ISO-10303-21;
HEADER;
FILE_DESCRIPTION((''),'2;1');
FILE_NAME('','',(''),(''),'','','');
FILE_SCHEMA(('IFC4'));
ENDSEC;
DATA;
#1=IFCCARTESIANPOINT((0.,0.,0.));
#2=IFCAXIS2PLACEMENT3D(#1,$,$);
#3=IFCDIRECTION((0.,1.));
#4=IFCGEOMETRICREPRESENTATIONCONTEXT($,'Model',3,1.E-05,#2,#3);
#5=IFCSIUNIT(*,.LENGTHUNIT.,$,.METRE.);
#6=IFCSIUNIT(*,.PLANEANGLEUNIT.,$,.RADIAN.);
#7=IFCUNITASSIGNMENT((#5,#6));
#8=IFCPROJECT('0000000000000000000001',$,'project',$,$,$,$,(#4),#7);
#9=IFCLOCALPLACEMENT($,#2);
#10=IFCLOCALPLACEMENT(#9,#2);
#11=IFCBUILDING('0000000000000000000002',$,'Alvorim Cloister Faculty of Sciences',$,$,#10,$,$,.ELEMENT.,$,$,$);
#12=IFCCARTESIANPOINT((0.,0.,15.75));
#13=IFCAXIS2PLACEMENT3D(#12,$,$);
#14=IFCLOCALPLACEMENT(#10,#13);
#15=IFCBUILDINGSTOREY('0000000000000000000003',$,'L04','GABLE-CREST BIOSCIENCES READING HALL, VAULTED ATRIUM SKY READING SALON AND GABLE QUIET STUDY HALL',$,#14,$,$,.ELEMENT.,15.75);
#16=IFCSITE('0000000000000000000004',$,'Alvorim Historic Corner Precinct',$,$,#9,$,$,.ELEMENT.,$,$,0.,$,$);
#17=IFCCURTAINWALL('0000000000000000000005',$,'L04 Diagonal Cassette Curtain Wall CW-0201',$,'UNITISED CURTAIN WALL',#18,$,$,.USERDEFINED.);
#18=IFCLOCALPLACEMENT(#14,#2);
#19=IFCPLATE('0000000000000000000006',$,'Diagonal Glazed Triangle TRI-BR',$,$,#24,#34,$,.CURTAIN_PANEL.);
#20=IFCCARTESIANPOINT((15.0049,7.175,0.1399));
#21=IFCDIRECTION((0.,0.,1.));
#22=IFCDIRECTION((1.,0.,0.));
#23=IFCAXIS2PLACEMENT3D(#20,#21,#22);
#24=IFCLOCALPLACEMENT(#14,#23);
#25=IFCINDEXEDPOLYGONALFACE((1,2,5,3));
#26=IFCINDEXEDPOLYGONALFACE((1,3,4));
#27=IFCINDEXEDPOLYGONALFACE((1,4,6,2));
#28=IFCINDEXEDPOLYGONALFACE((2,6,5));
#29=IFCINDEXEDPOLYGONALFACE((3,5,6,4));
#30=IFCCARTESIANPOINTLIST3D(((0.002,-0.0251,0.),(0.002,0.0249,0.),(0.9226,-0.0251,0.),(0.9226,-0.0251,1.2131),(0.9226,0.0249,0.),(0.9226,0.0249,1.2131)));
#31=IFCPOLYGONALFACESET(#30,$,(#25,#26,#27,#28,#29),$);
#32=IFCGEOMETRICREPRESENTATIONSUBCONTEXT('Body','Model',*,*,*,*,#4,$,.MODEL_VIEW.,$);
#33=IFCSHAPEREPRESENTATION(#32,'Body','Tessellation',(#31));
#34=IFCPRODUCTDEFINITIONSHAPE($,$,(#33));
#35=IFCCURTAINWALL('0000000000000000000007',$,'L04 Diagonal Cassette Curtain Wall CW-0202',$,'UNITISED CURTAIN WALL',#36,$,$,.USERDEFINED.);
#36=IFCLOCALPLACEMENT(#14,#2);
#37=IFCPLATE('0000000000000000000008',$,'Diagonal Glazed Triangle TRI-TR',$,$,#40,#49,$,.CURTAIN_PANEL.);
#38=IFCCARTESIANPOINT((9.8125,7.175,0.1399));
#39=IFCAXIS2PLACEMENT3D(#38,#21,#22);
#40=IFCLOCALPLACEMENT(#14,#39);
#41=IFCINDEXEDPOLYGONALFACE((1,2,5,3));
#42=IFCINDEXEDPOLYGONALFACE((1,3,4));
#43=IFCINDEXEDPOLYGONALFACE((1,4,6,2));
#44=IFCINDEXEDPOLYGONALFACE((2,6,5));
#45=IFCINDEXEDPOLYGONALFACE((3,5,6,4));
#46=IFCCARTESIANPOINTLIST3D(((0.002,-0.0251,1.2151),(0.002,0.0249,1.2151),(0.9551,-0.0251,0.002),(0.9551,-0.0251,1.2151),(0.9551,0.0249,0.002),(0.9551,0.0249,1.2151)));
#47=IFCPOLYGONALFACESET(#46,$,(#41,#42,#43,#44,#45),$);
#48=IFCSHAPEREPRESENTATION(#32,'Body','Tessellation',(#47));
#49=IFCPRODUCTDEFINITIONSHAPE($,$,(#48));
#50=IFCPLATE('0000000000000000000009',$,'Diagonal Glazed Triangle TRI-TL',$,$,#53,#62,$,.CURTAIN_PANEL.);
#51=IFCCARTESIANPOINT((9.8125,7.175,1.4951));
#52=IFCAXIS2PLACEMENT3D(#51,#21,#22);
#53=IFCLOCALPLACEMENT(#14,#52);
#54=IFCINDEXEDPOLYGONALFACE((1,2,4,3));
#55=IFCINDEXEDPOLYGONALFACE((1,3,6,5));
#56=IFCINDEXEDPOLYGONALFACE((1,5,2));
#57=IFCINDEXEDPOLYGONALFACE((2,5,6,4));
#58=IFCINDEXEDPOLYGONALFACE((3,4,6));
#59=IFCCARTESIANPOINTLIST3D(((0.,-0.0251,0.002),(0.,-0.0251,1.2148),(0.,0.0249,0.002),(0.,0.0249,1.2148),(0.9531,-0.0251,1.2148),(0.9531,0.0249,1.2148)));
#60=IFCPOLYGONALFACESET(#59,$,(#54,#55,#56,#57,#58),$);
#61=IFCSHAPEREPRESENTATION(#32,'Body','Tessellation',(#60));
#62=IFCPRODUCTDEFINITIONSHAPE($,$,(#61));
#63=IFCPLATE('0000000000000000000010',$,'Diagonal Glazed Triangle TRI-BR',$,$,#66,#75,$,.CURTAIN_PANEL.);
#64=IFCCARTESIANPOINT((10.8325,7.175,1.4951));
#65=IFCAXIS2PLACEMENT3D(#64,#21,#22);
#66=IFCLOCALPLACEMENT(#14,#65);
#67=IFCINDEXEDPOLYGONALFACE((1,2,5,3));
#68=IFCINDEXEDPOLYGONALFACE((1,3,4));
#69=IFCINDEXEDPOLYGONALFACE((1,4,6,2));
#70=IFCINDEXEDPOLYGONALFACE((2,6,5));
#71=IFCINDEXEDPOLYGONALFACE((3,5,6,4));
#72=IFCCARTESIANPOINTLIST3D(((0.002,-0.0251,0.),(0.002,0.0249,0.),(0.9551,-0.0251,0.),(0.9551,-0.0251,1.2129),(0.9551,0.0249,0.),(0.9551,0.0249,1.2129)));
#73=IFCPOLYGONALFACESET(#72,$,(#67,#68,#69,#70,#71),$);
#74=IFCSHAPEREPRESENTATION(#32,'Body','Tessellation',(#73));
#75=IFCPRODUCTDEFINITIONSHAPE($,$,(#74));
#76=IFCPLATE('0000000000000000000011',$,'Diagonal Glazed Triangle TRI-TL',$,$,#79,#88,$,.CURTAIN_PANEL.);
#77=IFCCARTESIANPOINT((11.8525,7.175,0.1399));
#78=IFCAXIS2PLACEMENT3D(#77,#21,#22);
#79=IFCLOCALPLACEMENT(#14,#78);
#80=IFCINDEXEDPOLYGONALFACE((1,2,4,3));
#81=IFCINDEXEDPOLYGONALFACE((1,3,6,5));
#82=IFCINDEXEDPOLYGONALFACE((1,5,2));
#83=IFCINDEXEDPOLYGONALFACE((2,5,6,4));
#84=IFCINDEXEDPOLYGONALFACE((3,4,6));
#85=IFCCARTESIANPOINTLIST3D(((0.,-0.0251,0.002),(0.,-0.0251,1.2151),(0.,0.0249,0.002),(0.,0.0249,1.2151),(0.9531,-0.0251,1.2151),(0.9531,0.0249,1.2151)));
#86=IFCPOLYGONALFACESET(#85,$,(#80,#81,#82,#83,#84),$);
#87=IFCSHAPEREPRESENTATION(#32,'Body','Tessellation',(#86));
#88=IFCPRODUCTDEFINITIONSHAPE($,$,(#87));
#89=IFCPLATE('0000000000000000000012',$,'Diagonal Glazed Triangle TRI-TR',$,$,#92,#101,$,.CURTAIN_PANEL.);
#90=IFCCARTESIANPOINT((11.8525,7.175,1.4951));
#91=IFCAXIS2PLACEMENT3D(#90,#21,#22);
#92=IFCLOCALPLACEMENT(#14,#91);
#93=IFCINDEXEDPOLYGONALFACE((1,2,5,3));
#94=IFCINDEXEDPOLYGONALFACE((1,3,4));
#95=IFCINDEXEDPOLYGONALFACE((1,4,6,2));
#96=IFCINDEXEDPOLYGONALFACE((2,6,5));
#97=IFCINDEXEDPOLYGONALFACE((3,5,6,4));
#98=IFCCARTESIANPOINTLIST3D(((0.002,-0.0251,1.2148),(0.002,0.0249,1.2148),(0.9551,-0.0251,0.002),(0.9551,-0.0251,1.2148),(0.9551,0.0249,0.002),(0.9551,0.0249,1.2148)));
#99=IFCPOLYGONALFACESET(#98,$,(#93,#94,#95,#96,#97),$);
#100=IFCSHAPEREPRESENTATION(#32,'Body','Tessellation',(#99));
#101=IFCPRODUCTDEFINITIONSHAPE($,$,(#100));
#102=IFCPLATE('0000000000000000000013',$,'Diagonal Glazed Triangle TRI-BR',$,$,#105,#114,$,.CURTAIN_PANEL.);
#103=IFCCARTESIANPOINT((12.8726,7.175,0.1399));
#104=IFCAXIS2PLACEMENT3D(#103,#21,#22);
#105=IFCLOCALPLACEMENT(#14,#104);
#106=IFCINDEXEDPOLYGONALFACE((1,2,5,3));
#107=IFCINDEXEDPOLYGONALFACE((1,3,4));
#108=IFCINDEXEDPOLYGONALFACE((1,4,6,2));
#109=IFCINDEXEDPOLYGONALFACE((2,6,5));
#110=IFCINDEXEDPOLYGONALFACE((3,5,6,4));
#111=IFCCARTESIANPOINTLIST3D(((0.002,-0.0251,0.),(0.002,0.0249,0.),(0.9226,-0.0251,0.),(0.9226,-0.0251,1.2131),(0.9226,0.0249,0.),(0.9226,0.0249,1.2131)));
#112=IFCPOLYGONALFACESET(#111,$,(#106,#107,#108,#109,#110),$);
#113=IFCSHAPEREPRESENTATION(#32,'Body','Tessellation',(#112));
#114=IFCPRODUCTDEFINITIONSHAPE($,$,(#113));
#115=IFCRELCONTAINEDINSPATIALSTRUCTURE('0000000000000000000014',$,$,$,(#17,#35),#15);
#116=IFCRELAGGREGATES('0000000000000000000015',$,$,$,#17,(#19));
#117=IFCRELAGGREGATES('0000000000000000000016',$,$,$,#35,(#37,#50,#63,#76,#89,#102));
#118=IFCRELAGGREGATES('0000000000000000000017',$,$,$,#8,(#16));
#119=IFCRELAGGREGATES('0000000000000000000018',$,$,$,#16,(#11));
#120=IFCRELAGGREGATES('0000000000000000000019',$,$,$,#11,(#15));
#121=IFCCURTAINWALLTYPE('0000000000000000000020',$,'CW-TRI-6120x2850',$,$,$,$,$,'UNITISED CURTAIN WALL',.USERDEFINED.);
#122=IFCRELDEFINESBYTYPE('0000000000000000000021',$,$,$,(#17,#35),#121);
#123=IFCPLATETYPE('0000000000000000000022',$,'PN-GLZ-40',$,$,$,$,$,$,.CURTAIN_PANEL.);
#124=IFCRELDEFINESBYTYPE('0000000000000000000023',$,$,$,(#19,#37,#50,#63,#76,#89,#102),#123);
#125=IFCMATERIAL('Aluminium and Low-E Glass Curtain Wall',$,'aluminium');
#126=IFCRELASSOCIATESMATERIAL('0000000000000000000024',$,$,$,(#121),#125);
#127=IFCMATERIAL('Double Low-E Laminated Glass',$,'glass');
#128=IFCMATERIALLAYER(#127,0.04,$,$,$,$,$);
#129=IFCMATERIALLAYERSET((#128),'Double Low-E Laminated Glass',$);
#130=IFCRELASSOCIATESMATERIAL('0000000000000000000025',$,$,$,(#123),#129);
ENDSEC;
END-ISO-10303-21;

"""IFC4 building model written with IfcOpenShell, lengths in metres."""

from ifc_helpers import new_model, si_unit, direction, frame, origin, place, context, subcontext, project, spatial, polyline, outline, extrude, material, layer, layer_set, type_object, element, aggregate, save


model = new_model("IFC4")

# Units and contexts
model_context = context("Model", 3, precision=1e-05, world=origin(), true_north=direction((0.0, 1.0)))
body_context = subcontext(model_context, "Body", "Model", "MODEL_VIEW")
ifc_project = project(units=[si_unit("LENGTHUNIT", "METRE"), si_unit("PLANEANGLEUNIT", "RADIAN")], contexts=[model_context])

# Site, building, storey
site_placement = place(None, origin())
site = spatial("IfcSite", under=ifc_project, at=site_placement, Name="Alvorim Historic Corner Precinct", CompositionType="ELEMENT", RefElevation=0.0)
building_placement = place(site_placement, origin())
building = spatial("IfcBuilding", under=site, at=building_placement, Name="Alvorim Cloister Faculty of Sciences", CompositionType="ELEMENT")
storey_placement = place(building_placement, frame((0.0, 0.0, 15.75)))
storey = spatial("IfcBuildingStorey", under=building, at=storey_placement, Name="L04", Description="GABLE-CREST BIOSCIENCES READING HALL, VAULTED ATRIUM SKY READING SALON AND GABLE QUIET STUDY HALL", CompositionType="ELEMENT", Elevation=15.75)

# Curtain wall, plate
ifc_material_1 = material(Name="Aluminium and Low-E Glass Curtain Wall", Category="aluminium")
curtain_wall_type = type_object("IfcCurtainWallType", Name="CW-TRI-6120x2850", ElementType="UNITISED CURTAIN WALL", PredefinedType="USERDEFINED", material=ifc_material_1)
curtain_wall_1_placement = place(storey_placement, origin())
curtain_wall_1 = element("IfcCurtainWall", 1, at=curtain_wall_1_placement, inside=storey, type_object=curtain_wall_type, Name="L04 Diagonal Cassette Curtain Wall CW-0201", ObjectType="UNITISED CURTAIN WALL", PredefinedType="USERDEFINED")
ifc_material_2 = material(Name="Double Low-E Laminated Glass", Category="glass")
ifc_layer_1 = layer(ifc_material_2, 0.04)
ifc_layer_set_1 = layer_set([ifc_layer_1], Name="Double Low-E Laminated Glass")
plate_type = type_object("IfcPlateType", Name="PN-GLZ-40", PredefinedType="CURTAIN_PANEL", material=ifc_layer_set_1)
plate_1_placement = place(storey_placement, frame((15.0049, 7.175, 0.1399), z_axis=(0.0, 0.0, 1.0), x_axis=(1.0, 0.0, 0.0)))
plate_1 = element("IfcPlate", 2, at=plate_1_placement, type_object=plate_type, Name="Diagonal Glazed Triangle TRI-BR", PredefinedType="CURTAIN_PANEL", context=body_context, shape_type="SweptSolid", body=[
    extrude(outline(polyline([(0.002, 0.0), (0.9226, 0.0), (0.9226, 1.2131), (0.002, 0.0)])), frame((0.0, 0.0249, 0.0), z_axis=(0.0, -1.0, 0.0), x_axis=(1.0, 0.0, 0.0)), (0.0, 0.0, 1.0), 0.05),
])
aggregate(curtain_wall_1, [plate_1])

# Curtain wall, plates
curtain_wall_2_placement = place(storey_placement, origin())
curtain_wall_2 = element("IfcCurtainWall", 3, at=curtain_wall_2_placement, inside=storey, type_object=curtain_wall_type, Name="L04 Diagonal Cassette Curtain Wall CW-0202", ObjectType="UNITISED CURTAIN WALL", PredefinedType="USERDEFINED")
plate_2_placement = place(storey_placement, frame((9.8125, 7.175, 0.1399), z_axis=(0.0, 0.0, 1.0), x_axis=(1.0, 0.0, 0.0)))
plate_2 = element("IfcPlate", 4, at=plate_2_placement, type_object=plate_type, Name="Diagonal Glazed Triangle TRI-TR", PredefinedType="CURTAIN_PANEL", context=body_context, shape_type="SweptSolid", body=[
    extrude(outline(polyline([(0.9551, 0.002), (0.9551, 1.2151), (0.002, 1.2151), (0.9551, 0.002)])), frame((0.0, 0.0249, 0.0), z_axis=(0.0, -1.0, 0.0), x_axis=(1.0, 0.0, 0.0)), (0.0, 0.0, 1.0), 0.05),
])
plate_3_placement = place(storey_placement, frame((9.8125, 7.175, 1.4951), z_axis=(0.0, 0.0, 1.0), x_axis=(1.0, 0.0, 0.0)))
plate_3 = element("IfcPlate", 5, at=plate_3_placement, type_object=plate_type, Name="Diagonal Glazed Triangle TRI-TL", PredefinedType="CURTAIN_PANEL", context=body_context, shape_type="SweptSolid", body=[
    extrude(outline(polyline([(0.9531, 1.2148), (0.0, 1.2148), (0.0, 0.002), (0.9531, 1.2148)])), frame((0.0, 0.0249, 0.0), z_axis=(0.0, -1.0, 0.0), x_axis=(1.0, 0.0, 0.0)), (0.0, 0.0, 1.0), 0.05),
])
plate_4_placement = place(storey_placement, frame((10.8325, 7.175, 1.4951), z_axis=(0.0, 0.0, 1.0), x_axis=(1.0, 0.0, 0.0)))
plate_4 = element("IfcPlate", 6, at=plate_4_placement, type_object=plate_type, Name="Diagonal Glazed Triangle TRI-BR", PredefinedType="CURTAIN_PANEL", context=body_context, shape_type="SweptSolid", body=[
    extrude(outline(polyline([(0.002, 0.0), (0.9551, 0.0), (0.9551, 1.2129), (0.002, 0.0)])), frame((0.0, 0.0249, 0.0), z_axis=(0.0, -1.0, 0.0), x_axis=(1.0, 0.0, 0.0)), (0.0, 0.0, 1.0), 0.05),
])
plate_5_placement = place(storey_placement, frame((11.8525, 7.175, 0.1399), z_axis=(0.0, 0.0, 1.0), x_axis=(1.0, 0.0, 0.0)))
plate_5 = element("IfcPlate", 7, at=plate_5_placement, type_object=plate_type, Name="Diagonal Glazed Triangle TRI-TL", PredefinedType="CURTAIN_PANEL", context=body_context, shape_type="SweptSolid", body=[
    extrude(outline(polyline([(0.9531, 1.2151), (0.0, 1.2151), (0.0, 0.002), (0.9531, 1.2151)])), frame((0.0, 0.0249, 0.0), z_axis=(0.0, -1.0, 0.0), x_axis=(1.0, 0.0, 0.0)), (0.0, 0.0, 1.0), 0.05),
])
plate_6_placement = place(storey_placement, frame((11.8525, 7.175, 1.4951), z_axis=(0.0, 0.0, 1.0), x_axis=(1.0, 0.0, 0.0)))
plate_6 = element("IfcPlate", 8, at=plate_6_placement, type_object=plate_type, Name="Diagonal Glazed Triangle TRI-TR", PredefinedType="CURTAIN_PANEL", context=body_context, shape_type="SweptSolid", body=[
    extrude(outline(polyline([(0.9551, 0.002), (0.9551, 1.2148), (0.002, 1.2148), (0.9551, 0.002)])), frame((0.0, 0.0249, 0.0), z_axis=(0.0, -1.0, 0.0), x_axis=(1.0, 0.0, 0.0)), (0.0, 0.0, 1.0), 0.05),
])
plate_7_placement = place(storey_placement, frame((12.8726, 7.175, 0.1399), z_axis=(0.0, 0.0, 1.0), x_axis=(1.0, 0.0, 0.0)))
plate_7 = element("IfcPlate", 9, at=plate_7_placement, type_object=plate_type, Name="Diagonal Glazed Triangle TRI-BR", PredefinedType="CURTAIN_PANEL", context=body_context, shape_type="SweptSolid", body=[
    extrude(outline(polyline([(0.002, 0.0), (0.9226, 0.0), (0.9226, 1.2131), (0.002, 0.0)])), frame((0.0, 0.0249, 0.0), z_axis=(0.0, -1.0, 0.0), x_axis=(1.0, 0.0, 0.0)), (0.0, 0.0, 1.0), 0.05),
])
aggregate(curtain_wall_2, [plate_2, plate_3, plate_4, plate_5, plate_6, plate_7])

save(model, "model.ifc")
